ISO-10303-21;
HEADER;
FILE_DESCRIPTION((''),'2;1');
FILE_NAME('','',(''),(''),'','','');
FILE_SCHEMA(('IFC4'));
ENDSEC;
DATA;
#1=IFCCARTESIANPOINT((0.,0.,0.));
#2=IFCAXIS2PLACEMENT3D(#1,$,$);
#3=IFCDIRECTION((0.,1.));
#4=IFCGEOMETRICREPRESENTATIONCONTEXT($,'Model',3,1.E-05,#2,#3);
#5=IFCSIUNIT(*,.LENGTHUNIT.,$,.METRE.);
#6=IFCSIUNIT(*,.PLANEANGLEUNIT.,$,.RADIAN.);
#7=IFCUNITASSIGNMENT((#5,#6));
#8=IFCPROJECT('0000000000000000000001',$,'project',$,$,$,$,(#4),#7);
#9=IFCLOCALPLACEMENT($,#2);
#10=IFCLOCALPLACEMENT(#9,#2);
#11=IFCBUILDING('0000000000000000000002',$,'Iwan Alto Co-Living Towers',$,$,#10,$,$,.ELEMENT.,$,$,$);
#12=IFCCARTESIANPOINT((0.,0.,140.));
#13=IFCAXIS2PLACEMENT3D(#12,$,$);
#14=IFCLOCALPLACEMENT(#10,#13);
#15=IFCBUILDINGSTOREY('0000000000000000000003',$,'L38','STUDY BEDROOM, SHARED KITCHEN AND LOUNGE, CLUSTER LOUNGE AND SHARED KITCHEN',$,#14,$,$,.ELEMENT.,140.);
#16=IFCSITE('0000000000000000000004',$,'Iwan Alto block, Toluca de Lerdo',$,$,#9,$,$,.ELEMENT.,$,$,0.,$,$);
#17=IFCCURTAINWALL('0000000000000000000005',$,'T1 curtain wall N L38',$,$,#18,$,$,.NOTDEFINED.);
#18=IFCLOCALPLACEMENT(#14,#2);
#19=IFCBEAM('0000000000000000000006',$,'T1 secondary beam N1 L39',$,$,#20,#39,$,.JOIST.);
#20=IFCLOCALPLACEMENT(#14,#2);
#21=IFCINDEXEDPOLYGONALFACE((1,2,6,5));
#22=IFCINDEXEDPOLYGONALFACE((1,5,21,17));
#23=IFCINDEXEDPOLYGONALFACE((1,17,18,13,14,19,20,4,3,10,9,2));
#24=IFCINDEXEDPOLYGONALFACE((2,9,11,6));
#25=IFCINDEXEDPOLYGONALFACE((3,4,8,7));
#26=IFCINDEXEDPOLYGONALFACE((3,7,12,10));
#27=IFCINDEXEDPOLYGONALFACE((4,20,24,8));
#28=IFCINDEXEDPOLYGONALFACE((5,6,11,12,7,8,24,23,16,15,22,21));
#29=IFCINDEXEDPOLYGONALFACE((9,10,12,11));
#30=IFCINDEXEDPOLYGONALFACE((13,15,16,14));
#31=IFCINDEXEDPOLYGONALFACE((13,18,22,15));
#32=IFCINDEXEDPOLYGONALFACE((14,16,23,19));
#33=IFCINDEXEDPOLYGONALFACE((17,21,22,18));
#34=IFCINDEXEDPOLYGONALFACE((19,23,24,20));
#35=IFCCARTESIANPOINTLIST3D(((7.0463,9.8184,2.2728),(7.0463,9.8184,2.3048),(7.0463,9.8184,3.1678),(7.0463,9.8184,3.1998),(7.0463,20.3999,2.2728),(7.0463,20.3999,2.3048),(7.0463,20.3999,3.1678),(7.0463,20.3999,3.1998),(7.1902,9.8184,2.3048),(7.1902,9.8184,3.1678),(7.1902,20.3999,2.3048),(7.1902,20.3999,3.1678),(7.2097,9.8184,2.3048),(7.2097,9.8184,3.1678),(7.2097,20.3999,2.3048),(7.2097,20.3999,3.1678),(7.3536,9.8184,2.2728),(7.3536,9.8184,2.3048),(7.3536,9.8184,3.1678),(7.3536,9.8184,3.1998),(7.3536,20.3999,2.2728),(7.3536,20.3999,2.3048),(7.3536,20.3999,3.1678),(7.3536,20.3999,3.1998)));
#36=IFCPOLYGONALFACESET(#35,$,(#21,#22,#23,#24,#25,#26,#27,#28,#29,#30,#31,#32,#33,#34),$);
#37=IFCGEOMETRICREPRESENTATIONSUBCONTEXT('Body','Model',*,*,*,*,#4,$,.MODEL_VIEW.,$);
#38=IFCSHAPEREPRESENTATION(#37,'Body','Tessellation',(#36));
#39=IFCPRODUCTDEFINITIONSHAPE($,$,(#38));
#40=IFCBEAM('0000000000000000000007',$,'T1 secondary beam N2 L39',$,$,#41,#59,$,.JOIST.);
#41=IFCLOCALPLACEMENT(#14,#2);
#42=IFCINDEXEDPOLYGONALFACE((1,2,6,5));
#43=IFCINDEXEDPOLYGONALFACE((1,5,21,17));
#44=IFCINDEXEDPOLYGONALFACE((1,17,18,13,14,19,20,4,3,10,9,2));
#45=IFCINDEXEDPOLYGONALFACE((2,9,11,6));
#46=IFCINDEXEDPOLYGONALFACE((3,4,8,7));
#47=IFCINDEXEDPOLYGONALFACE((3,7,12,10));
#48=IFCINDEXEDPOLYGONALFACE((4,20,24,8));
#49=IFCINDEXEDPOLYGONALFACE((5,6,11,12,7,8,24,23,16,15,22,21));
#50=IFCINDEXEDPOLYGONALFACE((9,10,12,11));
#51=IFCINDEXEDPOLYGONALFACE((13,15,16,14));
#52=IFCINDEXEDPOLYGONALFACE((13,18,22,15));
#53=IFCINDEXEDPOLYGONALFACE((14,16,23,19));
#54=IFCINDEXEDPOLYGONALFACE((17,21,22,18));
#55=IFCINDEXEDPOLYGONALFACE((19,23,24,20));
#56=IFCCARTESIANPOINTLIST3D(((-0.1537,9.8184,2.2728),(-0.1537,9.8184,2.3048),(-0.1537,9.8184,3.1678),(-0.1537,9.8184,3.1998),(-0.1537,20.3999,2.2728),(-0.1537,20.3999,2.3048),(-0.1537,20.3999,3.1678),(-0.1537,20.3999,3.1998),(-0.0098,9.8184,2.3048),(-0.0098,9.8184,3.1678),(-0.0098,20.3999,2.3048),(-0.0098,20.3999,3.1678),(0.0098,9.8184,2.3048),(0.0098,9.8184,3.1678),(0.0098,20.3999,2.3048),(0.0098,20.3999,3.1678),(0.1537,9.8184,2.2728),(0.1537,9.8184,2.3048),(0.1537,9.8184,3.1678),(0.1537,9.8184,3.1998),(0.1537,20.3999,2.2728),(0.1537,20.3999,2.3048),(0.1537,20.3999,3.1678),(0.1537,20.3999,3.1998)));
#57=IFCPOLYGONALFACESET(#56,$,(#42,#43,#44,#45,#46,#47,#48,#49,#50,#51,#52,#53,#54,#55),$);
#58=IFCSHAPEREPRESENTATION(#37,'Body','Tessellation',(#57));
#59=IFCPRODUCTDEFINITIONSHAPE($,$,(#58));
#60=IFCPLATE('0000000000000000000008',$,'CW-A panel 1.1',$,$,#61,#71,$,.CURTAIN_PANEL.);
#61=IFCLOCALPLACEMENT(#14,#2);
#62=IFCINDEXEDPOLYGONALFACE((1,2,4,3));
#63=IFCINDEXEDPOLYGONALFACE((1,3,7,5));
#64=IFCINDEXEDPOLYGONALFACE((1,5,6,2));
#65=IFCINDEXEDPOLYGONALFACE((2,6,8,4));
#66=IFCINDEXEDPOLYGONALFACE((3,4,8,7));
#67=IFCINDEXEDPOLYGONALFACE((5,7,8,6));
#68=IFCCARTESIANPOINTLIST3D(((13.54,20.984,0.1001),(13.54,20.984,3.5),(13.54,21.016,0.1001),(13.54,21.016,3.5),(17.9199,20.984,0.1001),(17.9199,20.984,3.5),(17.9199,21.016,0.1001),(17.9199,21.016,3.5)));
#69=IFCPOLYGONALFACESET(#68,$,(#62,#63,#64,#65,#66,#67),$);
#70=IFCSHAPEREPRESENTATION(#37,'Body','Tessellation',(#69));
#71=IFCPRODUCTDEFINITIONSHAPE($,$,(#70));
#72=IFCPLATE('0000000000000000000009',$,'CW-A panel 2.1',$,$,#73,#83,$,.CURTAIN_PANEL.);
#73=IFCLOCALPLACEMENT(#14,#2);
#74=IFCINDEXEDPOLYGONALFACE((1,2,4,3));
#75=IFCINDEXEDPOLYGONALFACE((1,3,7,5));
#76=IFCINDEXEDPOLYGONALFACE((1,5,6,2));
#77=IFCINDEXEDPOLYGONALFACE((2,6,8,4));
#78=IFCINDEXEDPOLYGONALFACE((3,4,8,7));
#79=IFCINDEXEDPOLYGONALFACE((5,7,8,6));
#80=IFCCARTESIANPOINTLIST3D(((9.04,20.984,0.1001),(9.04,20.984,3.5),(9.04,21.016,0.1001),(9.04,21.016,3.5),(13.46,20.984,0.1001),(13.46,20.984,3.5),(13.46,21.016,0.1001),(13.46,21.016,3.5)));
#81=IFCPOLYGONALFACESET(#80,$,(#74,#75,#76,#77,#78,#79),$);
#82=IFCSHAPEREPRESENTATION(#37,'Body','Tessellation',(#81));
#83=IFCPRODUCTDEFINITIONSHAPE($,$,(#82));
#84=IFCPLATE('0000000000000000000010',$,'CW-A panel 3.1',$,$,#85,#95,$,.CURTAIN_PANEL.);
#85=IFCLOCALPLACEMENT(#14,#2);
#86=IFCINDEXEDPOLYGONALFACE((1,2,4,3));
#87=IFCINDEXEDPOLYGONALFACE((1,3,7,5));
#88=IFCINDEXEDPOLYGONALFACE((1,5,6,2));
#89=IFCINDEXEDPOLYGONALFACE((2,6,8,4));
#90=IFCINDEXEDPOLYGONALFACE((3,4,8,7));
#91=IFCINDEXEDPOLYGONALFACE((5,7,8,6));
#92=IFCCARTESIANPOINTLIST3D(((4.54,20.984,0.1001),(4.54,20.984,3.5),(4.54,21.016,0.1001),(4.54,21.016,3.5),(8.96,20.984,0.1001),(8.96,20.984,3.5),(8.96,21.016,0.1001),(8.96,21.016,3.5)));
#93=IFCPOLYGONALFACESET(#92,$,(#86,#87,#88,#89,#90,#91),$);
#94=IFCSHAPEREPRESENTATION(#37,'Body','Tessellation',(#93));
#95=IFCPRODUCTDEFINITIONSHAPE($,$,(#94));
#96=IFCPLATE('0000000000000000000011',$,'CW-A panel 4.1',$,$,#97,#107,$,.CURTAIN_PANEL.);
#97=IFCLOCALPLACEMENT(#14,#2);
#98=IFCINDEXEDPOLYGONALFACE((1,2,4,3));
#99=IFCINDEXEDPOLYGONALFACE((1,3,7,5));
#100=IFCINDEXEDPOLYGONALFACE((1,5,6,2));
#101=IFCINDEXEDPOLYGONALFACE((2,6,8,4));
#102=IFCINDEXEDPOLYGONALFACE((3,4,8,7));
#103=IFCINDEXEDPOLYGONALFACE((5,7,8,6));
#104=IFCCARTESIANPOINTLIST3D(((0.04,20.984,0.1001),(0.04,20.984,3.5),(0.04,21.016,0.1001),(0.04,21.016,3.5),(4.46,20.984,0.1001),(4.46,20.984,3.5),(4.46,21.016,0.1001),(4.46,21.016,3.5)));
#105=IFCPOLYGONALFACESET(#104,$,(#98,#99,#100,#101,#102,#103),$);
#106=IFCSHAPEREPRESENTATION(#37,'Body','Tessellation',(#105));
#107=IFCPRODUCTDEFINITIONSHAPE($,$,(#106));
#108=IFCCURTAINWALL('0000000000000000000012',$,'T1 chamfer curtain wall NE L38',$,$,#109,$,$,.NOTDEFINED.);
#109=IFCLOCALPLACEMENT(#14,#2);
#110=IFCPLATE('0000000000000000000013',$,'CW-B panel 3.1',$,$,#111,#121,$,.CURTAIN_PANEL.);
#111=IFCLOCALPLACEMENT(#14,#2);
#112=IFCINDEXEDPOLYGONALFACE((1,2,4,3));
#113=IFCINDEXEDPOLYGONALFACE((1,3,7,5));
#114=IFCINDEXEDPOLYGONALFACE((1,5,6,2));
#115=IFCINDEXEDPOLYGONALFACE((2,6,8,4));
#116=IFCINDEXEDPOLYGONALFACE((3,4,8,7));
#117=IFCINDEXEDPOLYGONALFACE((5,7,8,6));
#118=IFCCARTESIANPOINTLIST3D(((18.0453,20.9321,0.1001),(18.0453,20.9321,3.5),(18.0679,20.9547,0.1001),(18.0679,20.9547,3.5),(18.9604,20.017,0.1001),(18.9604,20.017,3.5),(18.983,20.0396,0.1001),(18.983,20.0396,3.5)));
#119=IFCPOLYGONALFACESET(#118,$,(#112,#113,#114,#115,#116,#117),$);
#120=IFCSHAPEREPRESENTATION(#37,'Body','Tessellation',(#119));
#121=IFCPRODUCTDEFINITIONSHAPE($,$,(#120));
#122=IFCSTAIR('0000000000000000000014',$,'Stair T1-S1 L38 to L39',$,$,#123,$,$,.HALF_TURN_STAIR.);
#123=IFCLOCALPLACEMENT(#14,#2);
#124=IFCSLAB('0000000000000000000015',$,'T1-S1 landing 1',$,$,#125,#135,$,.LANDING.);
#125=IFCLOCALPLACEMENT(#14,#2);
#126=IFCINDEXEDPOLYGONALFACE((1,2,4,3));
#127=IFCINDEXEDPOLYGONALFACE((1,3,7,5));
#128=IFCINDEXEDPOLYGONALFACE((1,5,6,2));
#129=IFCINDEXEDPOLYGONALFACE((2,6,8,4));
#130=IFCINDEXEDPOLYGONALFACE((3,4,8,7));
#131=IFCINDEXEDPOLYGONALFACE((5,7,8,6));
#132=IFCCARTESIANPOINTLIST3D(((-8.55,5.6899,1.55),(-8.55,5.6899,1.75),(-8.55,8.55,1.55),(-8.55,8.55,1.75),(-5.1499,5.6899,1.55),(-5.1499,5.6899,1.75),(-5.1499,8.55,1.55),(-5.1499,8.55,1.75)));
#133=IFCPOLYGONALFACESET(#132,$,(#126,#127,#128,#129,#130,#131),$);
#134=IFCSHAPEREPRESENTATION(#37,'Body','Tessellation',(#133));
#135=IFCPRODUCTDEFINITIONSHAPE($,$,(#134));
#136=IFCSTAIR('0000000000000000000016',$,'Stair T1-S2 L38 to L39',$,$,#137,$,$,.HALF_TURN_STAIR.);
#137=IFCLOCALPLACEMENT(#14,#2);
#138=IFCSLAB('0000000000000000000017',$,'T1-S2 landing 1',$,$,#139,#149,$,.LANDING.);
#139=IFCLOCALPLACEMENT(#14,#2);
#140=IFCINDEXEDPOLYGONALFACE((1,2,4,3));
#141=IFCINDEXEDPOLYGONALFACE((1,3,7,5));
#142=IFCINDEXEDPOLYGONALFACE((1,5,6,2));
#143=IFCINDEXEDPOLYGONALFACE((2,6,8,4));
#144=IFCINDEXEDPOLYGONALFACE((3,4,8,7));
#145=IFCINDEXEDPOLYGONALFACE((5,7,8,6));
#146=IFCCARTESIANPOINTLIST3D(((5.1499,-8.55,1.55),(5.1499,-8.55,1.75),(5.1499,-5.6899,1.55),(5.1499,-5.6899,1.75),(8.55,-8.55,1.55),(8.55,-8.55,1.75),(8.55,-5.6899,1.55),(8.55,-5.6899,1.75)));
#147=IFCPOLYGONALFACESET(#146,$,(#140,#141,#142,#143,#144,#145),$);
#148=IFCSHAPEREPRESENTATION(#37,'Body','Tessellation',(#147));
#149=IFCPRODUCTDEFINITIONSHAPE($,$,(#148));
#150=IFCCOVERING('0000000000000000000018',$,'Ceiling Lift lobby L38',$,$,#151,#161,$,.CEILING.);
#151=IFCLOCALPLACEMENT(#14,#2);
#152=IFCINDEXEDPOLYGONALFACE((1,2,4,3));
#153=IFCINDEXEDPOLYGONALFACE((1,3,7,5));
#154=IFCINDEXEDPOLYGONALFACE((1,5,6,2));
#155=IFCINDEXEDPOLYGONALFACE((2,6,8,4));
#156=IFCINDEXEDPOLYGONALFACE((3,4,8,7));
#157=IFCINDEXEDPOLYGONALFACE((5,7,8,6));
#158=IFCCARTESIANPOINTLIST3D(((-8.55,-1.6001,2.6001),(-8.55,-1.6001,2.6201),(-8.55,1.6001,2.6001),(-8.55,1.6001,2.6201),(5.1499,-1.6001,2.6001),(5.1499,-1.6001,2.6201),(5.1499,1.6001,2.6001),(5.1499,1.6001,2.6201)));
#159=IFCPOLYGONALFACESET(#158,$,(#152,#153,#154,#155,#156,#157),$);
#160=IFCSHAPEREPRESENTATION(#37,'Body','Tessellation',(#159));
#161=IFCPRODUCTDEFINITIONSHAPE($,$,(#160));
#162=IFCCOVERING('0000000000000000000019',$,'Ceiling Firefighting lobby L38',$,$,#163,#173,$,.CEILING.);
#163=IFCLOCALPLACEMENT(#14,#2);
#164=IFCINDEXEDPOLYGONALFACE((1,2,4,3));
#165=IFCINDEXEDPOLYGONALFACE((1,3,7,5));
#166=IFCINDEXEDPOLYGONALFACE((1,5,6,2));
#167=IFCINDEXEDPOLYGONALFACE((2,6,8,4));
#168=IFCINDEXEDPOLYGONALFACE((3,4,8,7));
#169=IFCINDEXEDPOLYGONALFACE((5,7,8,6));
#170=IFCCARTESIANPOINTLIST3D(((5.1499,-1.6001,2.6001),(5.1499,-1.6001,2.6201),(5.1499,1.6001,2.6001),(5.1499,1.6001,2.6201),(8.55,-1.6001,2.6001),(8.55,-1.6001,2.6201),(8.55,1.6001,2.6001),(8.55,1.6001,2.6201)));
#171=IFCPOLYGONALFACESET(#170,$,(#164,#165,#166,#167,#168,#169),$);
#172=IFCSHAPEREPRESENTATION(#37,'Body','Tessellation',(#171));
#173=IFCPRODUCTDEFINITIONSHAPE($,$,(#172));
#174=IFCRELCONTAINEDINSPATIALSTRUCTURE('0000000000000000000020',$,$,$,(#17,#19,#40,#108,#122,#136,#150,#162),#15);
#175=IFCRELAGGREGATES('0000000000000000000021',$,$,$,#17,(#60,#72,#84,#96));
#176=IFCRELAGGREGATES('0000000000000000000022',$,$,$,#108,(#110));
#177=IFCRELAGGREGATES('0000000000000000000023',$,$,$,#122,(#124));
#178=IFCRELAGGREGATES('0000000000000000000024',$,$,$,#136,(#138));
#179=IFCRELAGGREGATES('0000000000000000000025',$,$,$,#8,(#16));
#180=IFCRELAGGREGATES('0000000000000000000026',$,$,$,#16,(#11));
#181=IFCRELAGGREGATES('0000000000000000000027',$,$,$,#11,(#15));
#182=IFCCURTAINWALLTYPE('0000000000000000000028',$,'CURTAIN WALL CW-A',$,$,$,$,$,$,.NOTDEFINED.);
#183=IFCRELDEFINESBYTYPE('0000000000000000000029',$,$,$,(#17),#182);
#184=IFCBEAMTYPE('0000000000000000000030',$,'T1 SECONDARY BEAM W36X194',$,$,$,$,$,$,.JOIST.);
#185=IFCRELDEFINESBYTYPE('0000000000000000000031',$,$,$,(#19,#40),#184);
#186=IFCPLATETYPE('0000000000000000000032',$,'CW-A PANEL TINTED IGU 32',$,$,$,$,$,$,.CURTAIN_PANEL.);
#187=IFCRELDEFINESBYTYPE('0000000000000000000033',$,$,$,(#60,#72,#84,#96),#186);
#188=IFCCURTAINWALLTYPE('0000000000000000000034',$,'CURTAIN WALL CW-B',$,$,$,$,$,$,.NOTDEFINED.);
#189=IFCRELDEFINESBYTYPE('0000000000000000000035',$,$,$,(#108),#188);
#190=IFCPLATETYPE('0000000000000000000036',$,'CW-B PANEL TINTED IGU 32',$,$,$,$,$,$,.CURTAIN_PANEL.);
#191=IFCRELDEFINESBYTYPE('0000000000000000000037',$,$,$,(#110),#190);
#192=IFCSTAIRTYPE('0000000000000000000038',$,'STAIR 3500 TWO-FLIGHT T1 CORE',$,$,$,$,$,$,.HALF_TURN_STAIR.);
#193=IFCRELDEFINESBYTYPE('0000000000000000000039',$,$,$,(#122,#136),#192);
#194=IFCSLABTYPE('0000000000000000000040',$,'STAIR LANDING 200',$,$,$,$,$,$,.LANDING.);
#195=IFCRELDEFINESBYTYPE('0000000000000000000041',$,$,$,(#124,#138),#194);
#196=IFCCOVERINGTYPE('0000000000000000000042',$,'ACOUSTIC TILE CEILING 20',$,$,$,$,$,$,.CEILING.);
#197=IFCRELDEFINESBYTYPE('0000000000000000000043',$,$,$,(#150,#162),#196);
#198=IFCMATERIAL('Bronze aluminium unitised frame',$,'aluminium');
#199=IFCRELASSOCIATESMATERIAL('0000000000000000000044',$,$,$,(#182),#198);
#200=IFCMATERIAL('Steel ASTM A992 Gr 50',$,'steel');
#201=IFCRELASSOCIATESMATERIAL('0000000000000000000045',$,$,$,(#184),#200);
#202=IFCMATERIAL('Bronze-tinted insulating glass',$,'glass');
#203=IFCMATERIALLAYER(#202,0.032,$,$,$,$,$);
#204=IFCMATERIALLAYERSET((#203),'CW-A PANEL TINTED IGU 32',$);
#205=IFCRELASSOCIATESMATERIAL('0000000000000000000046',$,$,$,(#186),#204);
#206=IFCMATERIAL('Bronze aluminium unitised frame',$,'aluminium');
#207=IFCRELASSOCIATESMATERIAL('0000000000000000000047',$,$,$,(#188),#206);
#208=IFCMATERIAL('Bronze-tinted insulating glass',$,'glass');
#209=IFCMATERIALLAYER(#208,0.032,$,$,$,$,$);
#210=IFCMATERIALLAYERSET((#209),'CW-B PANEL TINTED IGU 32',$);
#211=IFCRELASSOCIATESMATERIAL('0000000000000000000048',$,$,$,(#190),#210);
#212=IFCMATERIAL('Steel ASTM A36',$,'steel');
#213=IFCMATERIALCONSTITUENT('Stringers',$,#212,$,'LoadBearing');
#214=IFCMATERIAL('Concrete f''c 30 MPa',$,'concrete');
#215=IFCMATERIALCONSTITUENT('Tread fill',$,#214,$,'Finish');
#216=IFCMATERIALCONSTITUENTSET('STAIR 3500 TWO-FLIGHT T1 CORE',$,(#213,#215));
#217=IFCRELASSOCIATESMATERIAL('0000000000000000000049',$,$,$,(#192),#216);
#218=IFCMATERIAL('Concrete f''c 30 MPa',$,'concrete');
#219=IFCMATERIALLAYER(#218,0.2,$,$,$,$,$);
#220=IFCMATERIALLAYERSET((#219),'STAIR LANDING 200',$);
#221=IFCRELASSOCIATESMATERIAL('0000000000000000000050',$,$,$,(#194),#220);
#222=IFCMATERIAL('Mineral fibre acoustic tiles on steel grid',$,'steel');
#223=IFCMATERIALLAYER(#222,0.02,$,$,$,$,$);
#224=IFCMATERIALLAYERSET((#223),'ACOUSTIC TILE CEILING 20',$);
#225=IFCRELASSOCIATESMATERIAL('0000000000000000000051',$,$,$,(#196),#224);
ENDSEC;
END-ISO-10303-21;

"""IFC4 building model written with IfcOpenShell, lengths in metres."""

from ifc_helpers import new_model, si_unit, direction, frame, origin, origin_2d, place, context, subcontext, project, spatial, polyline, rectangle, i_section, outline, extrude, material, layer, layer_set, constituent, constituent_set, material_profile, profile_set, type_object, element, aggregate, save


model = new_model("IFC4")

# Units and contexts
model_context = context("Model", 3, precision=1e-05, world=origin(), true_north=direction((0.0, 1.0)))
body_context = subcontext(model_context, "Body", "Model", "MODEL_VIEW")
ifc_project = project(units=[si_unit("LENGTHUNIT", "METRE"), si_unit("PLANEANGLEUNIT", "RADIAN")], contexts=[model_context])

# Site, building, storey
site_placement = place(None, origin())
site = spatial("IfcSite", under=ifc_project, at=site_placement, Name="Iwan Alto block, Toluca de Lerdo", CompositionType="ELEMENT", RefElevation=0.0)
building_placement = place(site_placement, origin())
building = spatial("IfcBuilding", under=site, at=building_placement, Name="Iwan Alto Co-Living Towers", CompositionType="ELEMENT")
storey_placement = place(building_placement, frame((0.0, 0.0, 140.0)))
storey = spatial("IfcBuildingStorey", under=building, at=storey_placement, Name="L38", Description="STUDY BEDROOM, SHARED KITCHEN AND LOUNGE, CLUSTER LOUNGE AND SHARED KITCHEN", CompositionType="ELEMENT", Elevation=140.0)

# Curtain wall
ifc_material_1 = material(Name="Bronze aluminium unitised frame", Category="aluminium")
curtain_wall_type_1 = type_object("IfcCurtainWallType", Name="CURTAIN WALL CW-A", PredefinedType="NOTDEFINED", material=ifc_material_1)
curtain_wall_1_placement = place(storey_placement, origin())
curtain_wall_1 = element("IfcCurtainWall", 1, at=curtain_wall_1_placement, inside=storey, type_object=curtain_wall_type_1, Name="T1 curtain wall N L38", PredefinedType="NOTDEFINED")

# Beams
ifc_material_2 = material(Name="Steel ASTM A992 Gr 50", Category="steel")
ifc_material_profile_1 = material_profile(ifc_material_2, i_section(OverallWidth=0.3074, OverallDepth=0.927, WebThickness=0.0195, FlangeThickness=0.032, at=origin_2d()), Name="W36X194")
ifc_profile_set_1 = profile_set([ifc_material_profile_1], Name="Steel ASTM A992 Gr 50")
beam_type_1 = type_object("IfcBeamType", Name="T1 SECONDARY BEAM W36X194", PredefinedType="JOIST", material=ifc_profile_set_1)
for number, where, z_axis, x_axis, name in (
    (2, (7.2, 20.3999, 2.7363), (0.0, -1.0, 0.0), (1.0, 0.0, 0.0), "T1 secondary beam N1 L39"),
    (3, (0.0, 20.3999, 2.7363), (0.0, -1.0, 0.0), (1.0, 0.0, 0.0), "T1 secondary beam N2 L39"),
):
    element("IfcBeam", number, at=place(storey_placement, frame(where, z_axis=z_axis, x_axis=x_axis)), inside=storey, type_object=beam_type_1, Name=name, PredefinedType="JOIST", context=body_context, shape_type="SweptSolid", body=[
        extrude(i_section(OverallWidth=0.3074, OverallDepth=0.927, WebThickness=0.0195, FlangeThickness=0.032, at=origin_2d()), origin(), (0.0, 0.0, 1.0), 10.5815),
    ])

# Plates
ifc_material_3 = material(Name="Bronze-tinted insulating glass", Category="glass")
ifc_layer_1 = layer(ifc_material_3, 0.032)
ifc_layer_set_1 = layer_set([ifc_layer_1], Name="CW-A PANEL TINTED IGU 32")
plate_type_1 = type_object("IfcPlateType", Name="CW-A PANEL TINTED IGU 32", PredefinedType="CURTAIN_PANEL", material=ifc_layer_set_1)
plate_1_placement = place(storey_placement, frame((15.73, 21.0, 0.1001), z_axis=(0.0, 0.0, 1.0), x_axis=(-1.0, 0.0, 0.0)))
plate_1 = element("IfcPlate", 4, at=plate_1_placement, type_object=plate_type_1, Name="CW-A panel 1.1", PredefinedType="CURTAIN_PANEL", context=body_context, shape_type="SweptSolid", body=[
    extrude(rectangle(XDim=4.3799, YDim=0.032, at=origin_2d()), origin(), (0.0, 0.0, 1.0), 3.3999),
])
plate_2_placement = place(storey_placement, frame((11.25, 21.0, 0.1001), z_axis=(0.0, 0.0, 1.0), x_axis=(-1.0, 0.0, 0.0)))
plate_2 = element("IfcPlate", 5, at=plate_2_placement, type_object=plate_type_1, Name="CW-A panel 2.1", PredefinedType="CURTAIN_PANEL", context=body_context, shape_type="SweptSolid", body=[
    extrude(rectangle(XDim=4.4199, YDim=0.032, at=origin_2d()), origin(), (0.0, 0.0, 1.0), 3.3999),
])
plate_3_placement = place(storey_placement, frame((6.75, 21.0, 0.1001), z_axis=(0.0, 0.0, 1.0), x_axis=(-1.0, 0.0, 0.0)))
plate_3 = element("IfcPlate", 6, at=plate_3_placement, type_object=plate_type_1, Name="CW-A panel 3.1", PredefinedType="CURTAIN_PANEL", context=body_context, shape_type="SweptSolid", body=[
    extrude(rectangle(XDim=4.4199, YDim=0.032, at=origin_2d()), origin(), (0.0, 0.0, 1.0), 3.3999),
])
plate_4_placement = place(storey_placement, frame((2.25, 21.0, 0.1001), z_axis=(0.0, 0.0, 1.0), x_axis=(-1.0, 0.0, 0.0)))
plate_4 = element("IfcPlate", 7, at=plate_4_placement, type_object=plate_type_1, Name="CW-A panel 4.1", PredefinedType="CURTAIN_PANEL", context=body_context, shape_type="SweptSolid", body=[
    extrude(rectangle(XDim=4.4199, YDim=0.032, at=origin_2d()), origin(), (0.0, 0.0, 1.0), 3.3999),
])
aggregate(curtain_wall_1, [plate_1, plate_2, plate_3, plate_4])

# Curtain wall, plate
ifc_material_4 = material(Name="Bronze aluminium unitised frame", Category="aluminium")
curtain_wall_type_2 = type_object("IfcCurtainWallType", Name="CURTAIN WALL CW-B", PredefinedType="NOTDEFINED", material=ifc_material_4)
curtain_wall_2_placement = place(storey_placement, origin())
curtain_wall_2 = element("IfcCurtainWall", 8, at=curtain_wall_2_placement, inside=storey, type_object=curtain_wall_type_2, Name="T1 chamfer curtain wall NE L38", PredefinedType="NOTDEFINED")
ifc_material_5 = material(Name="Bronze-tinted insulating glass", Category="glass")
ifc_layer_2 = layer(ifc_material_5, 0.032)
ifc_layer_set_2 = layer_set([ifc_layer_2], Name="CW-B PANEL TINTED IGU 32")
plate_type_2 = type_object("IfcPlateType", Name="CW-B PANEL TINTED IGU 32", PredefinedType="CURTAIN_PANEL", material=ifc_layer_set_2)
plate_5_placement = place(storey_placement, frame((18.5142, 20.4858, 0.1001), z_axis=(0.0, 0.0, 1.0), x_axis=(-0.707107, 0.707107, 0.0)))
plate_5 = element("IfcPlate", 9, at=plate_5_placement, type_object=plate_type_2, Name="CW-B panel 3.1", PredefinedType="CURTAIN_PANEL", context=body_context, shape_type="SweptSolid", body=[
    extrude(rectangle(XDim=1.2942, YDim=0.032, at=origin_2d()), origin(), (0.0, 0.0, 1.0), 3.3999),
])
aggregate(curtain_wall_2, [plate_5])

# Stairs, slabs
ifc_material_6 = material(Name="Steel ASTM A36", Category="steel")
ifc_constituent_1 = constituent(ifc_material_6, Name="Stringers", Category="LoadBearing")
ifc_material_7 = material(Name="Concrete f'c 30 MPa", Category="concrete")
ifc_constituent_2 = constituent(ifc_material_7, Name="Tread fill", Category="Finish")
ifc_constituent_set = constituent_set(constituents=[ifc_constituent_1, ifc_constituent_2], Name="STAIR 3500 TWO-FLIGHT T1 CORE")
stair_type = type_object("IfcStairType", Name="STAIR 3500 TWO-FLIGHT T1 CORE", PredefinedType="HALF_TURN_STAIR", material=ifc_constituent_set)
stair_1_placement = place(storey_placement, origin())
stair_1 = element("IfcStair", 10, at=stair_1_placement, inside=storey, type_object=stair_type, Name="Stair T1-S1 L38 to L39", PredefinedType="HALF_TURN_STAIR")
ifc_material_8 = material(Name="Concrete f'c 30 MPa", Category="concrete")
ifc_layer_3 = layer(ifc_material_8, 0.2)
ifc_layer_set_3 = layer_set([ifc_layer_3], Name="STAIR LANDING 200")
slab_type = type_object("IfcSlabType", Name="STAIR LANDING 200", PredefinedType="LANDING", material=ifc_layer_set_3)
slab_1_placement = place(storey_placement, frame((0.0, 0.0, 1.55)))
slab_1 = element("IfcSlab", 11, at=slab_1_placement, type_object=slab_type, Name="T1-S1 landing 1", PredefinedType="LANDING", context=body_context, shape_type="SweptSolid", body=[
    extrude(outline(polyline([(-8.55, 5.6899), (-8.55, 8.55), (-5.1499, 8.55), (-5.1499, 5.6899), (-8.55, 5.6899)])), origin(), (0.0, 0.0, 1.0), 0.2),
])
aggregate(stair_1, [slab_1])
stair_2_placement = place(storey_placement, origin())
stair_2 = element("IfcStair", 12, at=stair_2_placement, inside=storey, type_object=stair_type, Name="Stair T1-S2 L38 to L39", PredefinedType="HALF_TURN_STAIR")
slab_2_placement = place(storey_placement, frame((0.0, 0.0, 1.55)))
slab_2 = element("IfcSlab", 13, at=slab_2_placement, type_object=slab_type, Name="T1-S2 landing 1", PredefinedType="LANDING", context=body_context, shape_type="SweptSolid", body=[
    extrude(outline(polyline([(5.1499, -5.6899), (5.1499, -8.55), (8.55, -8.55), (8.55, -5.6899), (5.1499, -5.6899)])), origin(), (0.0, 0.0, 1.0), 0.2),
])
aggregate(stair_2, [slab_2])

# Coverings
ifc_material_9 = material(Name="Mineral fibre acoustic tiles on steel grid", Category="steel")
ifc_layer_4 = layer(ifc_material_9, 0.02)
ifc_layer_set_4 = layer_set([ifc_layer_4], Name="ACOUSTIC TILE CEILING 20")
covering_type_1 = type_object("IfcCoveringType", Name="ACOUSTIC TILE CEILING 20", PredefinedType="CEILING", material=ifc_layer_set_4)
covering_1_placement = place(storey_placement, frame((0.0, 0.0, 2.6001)))
element("IfcCovering", 14, at=covering_1_placement, inside=storey, type_object=covering_type_1, Name="Ceiling Lift lobby L38", PredefinedType="CEILING", context=body_context, shape_type="SweptSolid", body=[
    extrude(outline(polyline([(-8.55, -1.6001), (-8.55, 1.6001), (5.1499, 1.6001), (5.1499, -1.6001), (-8.55, -1.6001)])), origin(), (0.0, 0.0, 1.0), 0.02),
])
covering_2_placement = place(storey_placement, frame((0.0, 0.0, 2.6001)))
element("IfcCovering", 15, at=covering_2_placement, inside=storey, type_object=covering_type_1, Name="Ceiling Firefighting lobby L38", PredefinedType="CEILING", context=body_context, shape_type="SweptSolid", body=[
    extrude(outline(polyline([(5.1499, -1.6001), (5.1499, 1.6001), (8.55, 1.6001), (8.55, -1.6001), (5.1499, -1.6001)])), origin(), (0.0, 0.0, 1.0), 0.02),
])

save(model, "model.ifc")
